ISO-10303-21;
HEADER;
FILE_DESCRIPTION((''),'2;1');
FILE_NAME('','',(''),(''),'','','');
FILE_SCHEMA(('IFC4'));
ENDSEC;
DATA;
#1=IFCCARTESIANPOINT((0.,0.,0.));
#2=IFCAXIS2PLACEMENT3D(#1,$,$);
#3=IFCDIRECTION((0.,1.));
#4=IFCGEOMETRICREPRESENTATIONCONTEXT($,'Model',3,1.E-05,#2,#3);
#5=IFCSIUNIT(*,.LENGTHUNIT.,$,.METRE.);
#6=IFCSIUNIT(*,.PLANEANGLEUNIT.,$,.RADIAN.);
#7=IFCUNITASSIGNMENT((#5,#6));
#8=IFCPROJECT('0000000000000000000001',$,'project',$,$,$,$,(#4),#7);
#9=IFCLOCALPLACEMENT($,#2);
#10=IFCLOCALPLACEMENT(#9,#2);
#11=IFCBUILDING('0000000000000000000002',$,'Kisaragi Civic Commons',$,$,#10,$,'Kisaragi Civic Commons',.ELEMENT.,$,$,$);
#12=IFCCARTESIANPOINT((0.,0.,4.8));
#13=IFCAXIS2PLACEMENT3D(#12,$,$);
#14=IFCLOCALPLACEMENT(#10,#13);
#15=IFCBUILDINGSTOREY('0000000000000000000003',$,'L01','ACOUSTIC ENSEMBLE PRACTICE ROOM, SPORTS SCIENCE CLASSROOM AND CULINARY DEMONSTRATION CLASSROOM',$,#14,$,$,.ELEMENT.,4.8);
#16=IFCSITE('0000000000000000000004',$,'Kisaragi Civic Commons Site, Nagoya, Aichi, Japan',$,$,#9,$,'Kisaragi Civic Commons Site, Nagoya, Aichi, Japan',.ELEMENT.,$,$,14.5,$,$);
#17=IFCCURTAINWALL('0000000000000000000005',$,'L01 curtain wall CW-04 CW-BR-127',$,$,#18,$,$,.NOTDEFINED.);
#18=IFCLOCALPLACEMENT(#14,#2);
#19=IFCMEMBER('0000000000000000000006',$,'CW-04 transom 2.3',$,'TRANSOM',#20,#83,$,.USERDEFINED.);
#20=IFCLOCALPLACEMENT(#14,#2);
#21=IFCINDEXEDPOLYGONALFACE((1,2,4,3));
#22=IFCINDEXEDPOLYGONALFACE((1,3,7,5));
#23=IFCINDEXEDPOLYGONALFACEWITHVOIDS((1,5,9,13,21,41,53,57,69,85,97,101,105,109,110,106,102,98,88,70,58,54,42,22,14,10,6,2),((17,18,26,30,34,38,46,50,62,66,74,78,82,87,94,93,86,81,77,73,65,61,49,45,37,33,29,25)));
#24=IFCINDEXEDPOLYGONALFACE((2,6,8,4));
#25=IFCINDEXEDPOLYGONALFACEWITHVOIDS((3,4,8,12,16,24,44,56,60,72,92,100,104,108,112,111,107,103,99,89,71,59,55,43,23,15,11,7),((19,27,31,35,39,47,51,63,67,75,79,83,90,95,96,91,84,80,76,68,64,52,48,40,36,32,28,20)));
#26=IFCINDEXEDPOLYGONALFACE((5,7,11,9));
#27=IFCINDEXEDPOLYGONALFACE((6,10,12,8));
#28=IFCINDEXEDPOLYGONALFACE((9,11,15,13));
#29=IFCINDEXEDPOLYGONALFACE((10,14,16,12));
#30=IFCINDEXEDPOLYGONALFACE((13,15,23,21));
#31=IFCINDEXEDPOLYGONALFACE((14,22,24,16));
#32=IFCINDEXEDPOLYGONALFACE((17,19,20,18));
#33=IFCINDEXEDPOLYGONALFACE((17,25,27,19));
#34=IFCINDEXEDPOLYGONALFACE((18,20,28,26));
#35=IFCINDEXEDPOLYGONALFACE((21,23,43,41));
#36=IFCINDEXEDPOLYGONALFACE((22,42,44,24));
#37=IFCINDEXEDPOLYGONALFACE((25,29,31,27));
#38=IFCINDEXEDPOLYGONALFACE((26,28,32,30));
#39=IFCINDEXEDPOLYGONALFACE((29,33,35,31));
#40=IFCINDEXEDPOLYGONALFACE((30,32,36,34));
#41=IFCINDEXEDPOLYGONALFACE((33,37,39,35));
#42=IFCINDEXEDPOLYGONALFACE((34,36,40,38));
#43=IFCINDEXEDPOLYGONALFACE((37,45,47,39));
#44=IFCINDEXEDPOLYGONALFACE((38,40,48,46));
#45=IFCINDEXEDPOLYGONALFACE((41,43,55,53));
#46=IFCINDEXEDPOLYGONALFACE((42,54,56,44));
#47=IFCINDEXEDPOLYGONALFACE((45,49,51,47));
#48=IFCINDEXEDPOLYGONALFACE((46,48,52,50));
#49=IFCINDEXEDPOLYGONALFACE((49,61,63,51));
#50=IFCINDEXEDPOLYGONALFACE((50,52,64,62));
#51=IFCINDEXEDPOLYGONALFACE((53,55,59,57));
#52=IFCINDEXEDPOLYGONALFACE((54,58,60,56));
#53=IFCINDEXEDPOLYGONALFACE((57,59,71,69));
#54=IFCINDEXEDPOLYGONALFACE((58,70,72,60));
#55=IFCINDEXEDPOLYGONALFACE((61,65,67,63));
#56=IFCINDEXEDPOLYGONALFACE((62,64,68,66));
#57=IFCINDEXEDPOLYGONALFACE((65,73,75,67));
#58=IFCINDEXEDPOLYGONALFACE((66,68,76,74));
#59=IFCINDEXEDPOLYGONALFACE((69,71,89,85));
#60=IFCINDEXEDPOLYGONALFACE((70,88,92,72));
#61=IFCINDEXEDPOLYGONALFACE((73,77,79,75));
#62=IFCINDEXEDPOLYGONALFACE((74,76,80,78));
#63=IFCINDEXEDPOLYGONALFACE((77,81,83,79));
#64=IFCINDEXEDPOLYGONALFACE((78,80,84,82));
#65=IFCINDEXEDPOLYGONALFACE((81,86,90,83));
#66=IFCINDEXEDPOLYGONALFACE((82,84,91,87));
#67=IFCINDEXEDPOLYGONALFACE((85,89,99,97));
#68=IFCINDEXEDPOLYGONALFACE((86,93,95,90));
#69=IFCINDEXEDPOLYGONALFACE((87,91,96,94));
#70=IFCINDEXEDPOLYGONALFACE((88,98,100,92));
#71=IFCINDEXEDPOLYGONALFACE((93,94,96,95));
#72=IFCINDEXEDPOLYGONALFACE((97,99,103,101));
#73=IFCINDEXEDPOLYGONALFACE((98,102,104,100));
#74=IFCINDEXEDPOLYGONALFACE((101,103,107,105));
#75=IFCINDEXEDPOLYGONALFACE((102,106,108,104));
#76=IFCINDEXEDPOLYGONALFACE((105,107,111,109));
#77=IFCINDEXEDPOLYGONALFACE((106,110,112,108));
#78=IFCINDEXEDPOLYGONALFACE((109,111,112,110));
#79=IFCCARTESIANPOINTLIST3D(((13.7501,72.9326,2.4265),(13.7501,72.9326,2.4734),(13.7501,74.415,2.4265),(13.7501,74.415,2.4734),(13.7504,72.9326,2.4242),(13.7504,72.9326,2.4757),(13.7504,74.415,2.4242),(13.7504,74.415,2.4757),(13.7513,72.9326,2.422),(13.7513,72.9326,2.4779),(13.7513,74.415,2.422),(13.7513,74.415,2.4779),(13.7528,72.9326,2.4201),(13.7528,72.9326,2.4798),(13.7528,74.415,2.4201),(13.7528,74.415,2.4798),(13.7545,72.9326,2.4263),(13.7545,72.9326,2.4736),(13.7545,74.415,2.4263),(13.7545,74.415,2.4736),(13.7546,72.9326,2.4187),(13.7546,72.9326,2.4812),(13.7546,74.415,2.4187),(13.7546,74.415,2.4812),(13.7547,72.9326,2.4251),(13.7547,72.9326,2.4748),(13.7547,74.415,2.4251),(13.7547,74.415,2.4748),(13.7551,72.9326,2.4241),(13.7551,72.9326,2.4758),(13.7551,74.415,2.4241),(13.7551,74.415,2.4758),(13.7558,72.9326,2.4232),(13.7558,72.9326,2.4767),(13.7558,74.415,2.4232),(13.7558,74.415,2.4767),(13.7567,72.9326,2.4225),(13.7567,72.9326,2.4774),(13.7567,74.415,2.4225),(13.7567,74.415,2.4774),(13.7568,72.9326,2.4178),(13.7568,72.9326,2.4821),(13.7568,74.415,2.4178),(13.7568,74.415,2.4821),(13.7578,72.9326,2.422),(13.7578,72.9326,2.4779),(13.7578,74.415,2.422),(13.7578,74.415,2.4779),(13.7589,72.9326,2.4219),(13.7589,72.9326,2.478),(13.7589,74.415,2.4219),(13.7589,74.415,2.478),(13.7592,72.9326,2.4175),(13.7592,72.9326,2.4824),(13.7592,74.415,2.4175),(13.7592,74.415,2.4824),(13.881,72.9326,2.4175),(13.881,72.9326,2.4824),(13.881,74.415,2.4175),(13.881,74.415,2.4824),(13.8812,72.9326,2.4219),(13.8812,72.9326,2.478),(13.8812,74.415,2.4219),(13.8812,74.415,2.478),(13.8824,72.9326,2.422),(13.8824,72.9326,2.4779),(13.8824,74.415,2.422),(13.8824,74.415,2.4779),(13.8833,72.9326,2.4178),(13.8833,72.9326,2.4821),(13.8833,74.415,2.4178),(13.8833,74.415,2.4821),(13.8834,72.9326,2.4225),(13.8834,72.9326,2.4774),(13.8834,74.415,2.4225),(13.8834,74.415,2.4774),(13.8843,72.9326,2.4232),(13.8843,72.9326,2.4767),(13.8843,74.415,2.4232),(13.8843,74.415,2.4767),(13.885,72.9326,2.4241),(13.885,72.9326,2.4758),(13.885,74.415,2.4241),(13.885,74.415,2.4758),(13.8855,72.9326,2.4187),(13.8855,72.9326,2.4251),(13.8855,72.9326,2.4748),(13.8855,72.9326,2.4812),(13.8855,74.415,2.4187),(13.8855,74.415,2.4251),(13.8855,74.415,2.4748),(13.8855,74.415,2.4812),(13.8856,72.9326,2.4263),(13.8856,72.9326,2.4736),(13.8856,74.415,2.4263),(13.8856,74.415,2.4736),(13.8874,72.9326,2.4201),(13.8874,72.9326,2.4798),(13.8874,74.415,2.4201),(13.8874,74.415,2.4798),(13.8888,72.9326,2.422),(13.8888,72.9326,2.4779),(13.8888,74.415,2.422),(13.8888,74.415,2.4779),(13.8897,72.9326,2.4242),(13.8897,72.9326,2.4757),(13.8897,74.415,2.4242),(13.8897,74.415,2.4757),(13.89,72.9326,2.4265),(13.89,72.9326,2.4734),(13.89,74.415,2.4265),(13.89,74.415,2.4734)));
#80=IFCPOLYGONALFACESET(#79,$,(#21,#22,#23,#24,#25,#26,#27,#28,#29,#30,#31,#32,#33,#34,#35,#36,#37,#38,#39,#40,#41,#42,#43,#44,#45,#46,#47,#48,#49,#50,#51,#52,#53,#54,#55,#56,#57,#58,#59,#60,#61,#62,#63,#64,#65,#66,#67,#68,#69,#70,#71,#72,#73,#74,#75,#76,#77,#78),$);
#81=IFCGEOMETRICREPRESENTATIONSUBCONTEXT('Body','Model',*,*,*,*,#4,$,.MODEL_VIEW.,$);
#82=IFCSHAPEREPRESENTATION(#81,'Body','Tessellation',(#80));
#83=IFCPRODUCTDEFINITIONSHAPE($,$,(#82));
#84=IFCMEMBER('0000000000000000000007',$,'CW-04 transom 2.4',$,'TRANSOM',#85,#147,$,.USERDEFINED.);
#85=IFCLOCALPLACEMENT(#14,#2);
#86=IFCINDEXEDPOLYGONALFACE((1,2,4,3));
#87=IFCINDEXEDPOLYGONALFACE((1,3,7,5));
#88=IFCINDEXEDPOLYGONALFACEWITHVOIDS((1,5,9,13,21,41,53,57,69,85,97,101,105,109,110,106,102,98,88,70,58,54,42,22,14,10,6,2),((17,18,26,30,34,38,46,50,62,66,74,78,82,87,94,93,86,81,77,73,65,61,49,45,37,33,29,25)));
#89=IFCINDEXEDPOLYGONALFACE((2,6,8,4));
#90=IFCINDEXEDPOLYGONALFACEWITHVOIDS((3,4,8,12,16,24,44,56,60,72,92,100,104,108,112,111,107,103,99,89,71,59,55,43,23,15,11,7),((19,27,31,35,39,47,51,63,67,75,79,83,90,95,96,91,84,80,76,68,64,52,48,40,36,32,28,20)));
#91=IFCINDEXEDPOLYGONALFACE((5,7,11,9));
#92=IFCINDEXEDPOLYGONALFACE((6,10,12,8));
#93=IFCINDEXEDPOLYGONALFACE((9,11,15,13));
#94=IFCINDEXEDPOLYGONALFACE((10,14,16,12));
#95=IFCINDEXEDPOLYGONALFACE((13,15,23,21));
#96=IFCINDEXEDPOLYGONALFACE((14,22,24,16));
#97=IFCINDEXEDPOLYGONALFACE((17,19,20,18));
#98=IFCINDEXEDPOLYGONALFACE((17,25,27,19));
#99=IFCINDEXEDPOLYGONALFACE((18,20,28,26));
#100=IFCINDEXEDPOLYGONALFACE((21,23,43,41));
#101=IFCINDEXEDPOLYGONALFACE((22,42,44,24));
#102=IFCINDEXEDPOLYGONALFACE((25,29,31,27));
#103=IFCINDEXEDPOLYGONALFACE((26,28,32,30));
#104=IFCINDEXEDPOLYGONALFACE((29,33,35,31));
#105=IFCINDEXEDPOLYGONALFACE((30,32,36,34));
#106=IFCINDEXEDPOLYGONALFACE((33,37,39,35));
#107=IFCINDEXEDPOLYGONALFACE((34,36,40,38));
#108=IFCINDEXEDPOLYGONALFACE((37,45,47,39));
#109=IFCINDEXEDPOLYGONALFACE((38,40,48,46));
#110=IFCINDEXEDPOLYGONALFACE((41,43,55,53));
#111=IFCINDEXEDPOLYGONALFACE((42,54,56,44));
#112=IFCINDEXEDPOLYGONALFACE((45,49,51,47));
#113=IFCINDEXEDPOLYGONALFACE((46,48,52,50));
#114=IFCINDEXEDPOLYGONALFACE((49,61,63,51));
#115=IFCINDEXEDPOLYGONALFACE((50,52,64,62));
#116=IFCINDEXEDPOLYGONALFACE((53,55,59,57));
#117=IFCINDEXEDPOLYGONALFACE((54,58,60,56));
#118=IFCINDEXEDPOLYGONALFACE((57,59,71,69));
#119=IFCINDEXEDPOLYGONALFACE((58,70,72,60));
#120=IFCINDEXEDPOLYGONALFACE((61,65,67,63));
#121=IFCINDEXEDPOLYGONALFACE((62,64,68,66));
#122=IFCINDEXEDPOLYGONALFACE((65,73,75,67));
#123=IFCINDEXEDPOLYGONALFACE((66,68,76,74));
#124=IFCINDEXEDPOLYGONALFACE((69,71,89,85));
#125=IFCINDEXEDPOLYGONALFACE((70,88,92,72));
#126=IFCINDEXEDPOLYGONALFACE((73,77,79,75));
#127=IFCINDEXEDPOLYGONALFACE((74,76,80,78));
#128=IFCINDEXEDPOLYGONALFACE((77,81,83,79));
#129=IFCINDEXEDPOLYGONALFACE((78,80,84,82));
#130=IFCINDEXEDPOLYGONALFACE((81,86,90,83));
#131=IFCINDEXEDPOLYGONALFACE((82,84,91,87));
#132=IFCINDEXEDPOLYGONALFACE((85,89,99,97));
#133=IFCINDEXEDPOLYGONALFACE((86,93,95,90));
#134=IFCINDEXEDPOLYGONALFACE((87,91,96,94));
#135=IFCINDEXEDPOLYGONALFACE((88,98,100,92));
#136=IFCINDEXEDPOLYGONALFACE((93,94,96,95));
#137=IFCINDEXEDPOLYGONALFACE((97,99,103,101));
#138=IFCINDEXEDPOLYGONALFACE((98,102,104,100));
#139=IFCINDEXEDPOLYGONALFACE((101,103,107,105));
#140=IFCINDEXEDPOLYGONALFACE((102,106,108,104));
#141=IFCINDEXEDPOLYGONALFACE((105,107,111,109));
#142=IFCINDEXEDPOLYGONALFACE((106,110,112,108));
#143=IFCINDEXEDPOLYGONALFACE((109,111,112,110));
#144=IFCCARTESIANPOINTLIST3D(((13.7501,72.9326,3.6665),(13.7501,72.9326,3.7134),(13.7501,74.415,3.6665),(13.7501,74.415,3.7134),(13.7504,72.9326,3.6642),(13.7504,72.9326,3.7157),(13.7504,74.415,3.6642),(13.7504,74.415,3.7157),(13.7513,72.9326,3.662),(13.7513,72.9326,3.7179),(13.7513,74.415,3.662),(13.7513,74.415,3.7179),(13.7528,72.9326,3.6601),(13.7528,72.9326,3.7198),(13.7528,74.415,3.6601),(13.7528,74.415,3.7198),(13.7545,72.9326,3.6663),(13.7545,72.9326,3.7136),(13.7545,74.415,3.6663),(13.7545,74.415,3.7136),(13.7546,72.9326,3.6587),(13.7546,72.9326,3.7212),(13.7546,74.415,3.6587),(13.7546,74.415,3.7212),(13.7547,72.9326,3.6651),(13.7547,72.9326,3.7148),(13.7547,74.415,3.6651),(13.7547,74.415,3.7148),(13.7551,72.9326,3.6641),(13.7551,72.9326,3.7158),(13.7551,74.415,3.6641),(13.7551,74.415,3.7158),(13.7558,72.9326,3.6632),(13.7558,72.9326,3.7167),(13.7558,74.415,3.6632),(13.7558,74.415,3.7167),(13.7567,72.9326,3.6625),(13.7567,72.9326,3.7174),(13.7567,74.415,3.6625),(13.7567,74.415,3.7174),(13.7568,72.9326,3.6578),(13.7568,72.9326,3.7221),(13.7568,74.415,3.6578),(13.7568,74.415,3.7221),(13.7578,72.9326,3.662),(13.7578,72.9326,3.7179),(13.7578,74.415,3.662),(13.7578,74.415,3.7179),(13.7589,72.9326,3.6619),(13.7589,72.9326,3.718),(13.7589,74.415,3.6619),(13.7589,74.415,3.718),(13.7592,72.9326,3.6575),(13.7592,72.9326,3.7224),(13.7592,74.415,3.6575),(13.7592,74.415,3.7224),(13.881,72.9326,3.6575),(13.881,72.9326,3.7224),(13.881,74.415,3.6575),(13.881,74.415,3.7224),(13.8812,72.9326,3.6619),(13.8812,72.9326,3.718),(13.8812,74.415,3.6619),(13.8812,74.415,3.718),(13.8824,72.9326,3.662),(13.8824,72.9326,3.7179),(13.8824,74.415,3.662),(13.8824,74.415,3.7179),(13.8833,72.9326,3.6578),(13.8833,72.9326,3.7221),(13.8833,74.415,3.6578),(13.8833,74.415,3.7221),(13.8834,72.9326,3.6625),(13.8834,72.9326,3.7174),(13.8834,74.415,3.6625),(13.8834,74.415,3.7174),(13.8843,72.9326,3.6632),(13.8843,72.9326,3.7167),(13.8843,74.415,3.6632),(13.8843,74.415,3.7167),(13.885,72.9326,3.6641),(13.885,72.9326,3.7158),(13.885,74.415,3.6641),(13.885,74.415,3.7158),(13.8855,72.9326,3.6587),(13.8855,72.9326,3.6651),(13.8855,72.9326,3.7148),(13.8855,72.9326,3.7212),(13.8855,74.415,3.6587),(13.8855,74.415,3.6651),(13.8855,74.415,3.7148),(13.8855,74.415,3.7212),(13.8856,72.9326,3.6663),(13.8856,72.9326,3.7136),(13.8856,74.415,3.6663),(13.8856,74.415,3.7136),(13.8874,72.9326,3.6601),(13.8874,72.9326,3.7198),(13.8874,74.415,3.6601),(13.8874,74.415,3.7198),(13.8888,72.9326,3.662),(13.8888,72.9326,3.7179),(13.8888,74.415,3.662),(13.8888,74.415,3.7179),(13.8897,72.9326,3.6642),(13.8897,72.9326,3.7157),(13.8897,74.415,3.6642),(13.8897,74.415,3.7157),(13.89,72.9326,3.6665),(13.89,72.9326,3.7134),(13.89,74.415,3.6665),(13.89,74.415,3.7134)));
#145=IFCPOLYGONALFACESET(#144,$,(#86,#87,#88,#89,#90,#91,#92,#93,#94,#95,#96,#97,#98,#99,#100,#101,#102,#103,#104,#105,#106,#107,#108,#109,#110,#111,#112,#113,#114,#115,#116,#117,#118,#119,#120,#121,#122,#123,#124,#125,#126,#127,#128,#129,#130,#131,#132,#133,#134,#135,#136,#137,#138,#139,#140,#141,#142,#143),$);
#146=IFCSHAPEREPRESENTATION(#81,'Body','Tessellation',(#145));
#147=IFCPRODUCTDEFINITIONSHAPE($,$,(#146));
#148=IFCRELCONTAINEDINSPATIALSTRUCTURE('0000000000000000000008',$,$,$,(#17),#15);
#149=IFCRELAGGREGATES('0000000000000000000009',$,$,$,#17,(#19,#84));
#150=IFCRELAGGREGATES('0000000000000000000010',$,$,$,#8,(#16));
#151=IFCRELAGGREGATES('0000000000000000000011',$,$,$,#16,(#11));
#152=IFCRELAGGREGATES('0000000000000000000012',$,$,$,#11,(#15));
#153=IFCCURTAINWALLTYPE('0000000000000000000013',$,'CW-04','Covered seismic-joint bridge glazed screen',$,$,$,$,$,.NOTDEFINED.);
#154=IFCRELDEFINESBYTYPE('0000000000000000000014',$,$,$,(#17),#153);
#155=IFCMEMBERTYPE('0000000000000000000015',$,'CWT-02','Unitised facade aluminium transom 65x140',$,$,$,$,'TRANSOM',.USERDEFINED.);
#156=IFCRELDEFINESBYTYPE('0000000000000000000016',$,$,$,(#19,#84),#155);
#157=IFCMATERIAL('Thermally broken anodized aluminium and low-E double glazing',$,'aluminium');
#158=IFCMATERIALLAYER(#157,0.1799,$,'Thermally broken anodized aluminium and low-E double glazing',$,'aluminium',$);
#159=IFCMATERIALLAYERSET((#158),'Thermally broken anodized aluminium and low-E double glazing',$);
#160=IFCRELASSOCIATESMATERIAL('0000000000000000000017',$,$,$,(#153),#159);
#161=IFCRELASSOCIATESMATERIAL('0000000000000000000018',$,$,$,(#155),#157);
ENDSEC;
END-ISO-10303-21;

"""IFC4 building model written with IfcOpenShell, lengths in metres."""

from ifc_helpers import new_model, si_unit, direction, frame, origin, origin_2d, place, context, subcontext, project, spatial, hollow_rectangle, extrude, material, layer, layer_set, material_profile, profile_set, type_object, element, aggregate, save


model = new_model("IFC4")

# Units and contexts
model_context = context("Model", 3, precision=1e-05, world=origin(), true_north=direction((0.0, 1.0)))
body_context = subcontext(model_context, "Body", "Model", "MODEL_VIEW")
ifc_project = project(units=[si_unit("LENGTHUNIT", "METRE"), si_unit("PLANEANGLEUNIT", "RADIAN")], contexts=[model_context])

# Site, building, storey
site_placement = place(None, origin())
site = spatial("IfcSite", under=ifc_project, at=site_placement, Name="Kisaragi Civic Commons Site, Nagoya, Aichi, Japan", LongName="Kisaragi Civic Commons Site, Nagoya, Aichi, Japan", CompositionType="ELEMENT", RefElevation=14.5)
building_placement = place(site_placement, origin())
building = spatial("IfcBuilding", under=site, at=building_placement, Name="Kisaragi Civic Commons", LongName="Kisaragi Civic Commons", CompositionType="ELEMENT")
storey_placement = place(building_placement, frame((0.0, 0.0, 4.8)))
storey = spatial("IfcBuildingStorey", under=building, at=storey_placement, Name="L01", Description="ACOUSTIC ENSEMBLE PRACTICE ROOM, SPORTS SCIENCE CLASSROOM AND CULINARY DEMONSTRATION CLASSROOM", CompositionType="ELEMENT", Elevation=4.8)

# Shared definitions
ifc_material_1 = material(Name="Thermally broken anodized aluminium and low-E double glazing", Category="aluminium")
ifc_layer_1 = layer(ifc_material_1, 0.1799, Name="Thermally broken anodized aluminium and low-E double glazing", Category="aluminium")
ifc_layer_set_1 = layer_set([ifc_layer_1], Name="Thermally broken anodized aluminium and low-E double glazing")
curtain_wall_type = type_object("IfcCurtainWallType", Name="CW-04", Description="Covered seismic-joint bridge glazed screen", PredefinedType="NOTDEFINED", material=ifc_layer_set_1)

# Curtain wall, members
curtain_wall_1_placement = place(storey_placement, origin())
curtain_wall_1 = element("IfcCurtainWall", 1, at=curtain_wall_1_placement, inside=storey, type_object=curtain_wall_type, Name="L01 curtain wall CW-04 CW-BR-127", PredefinedType="NOTDEFINED")
ifc_material_profile_1 = material_profile(ifc_material_1, hollow_rectangle(XDim=0.1399, YDim=0.0649, WallThickness=0.0044, InnerFilletRadius=0.0044, OuterFilletRadius=0.009, at=origin_2d()), Name="CWT-65x140x4.5", Category="aluminium")
ifc_profile_set_1 = profile_set([ifc_material_profile_1], Name="Thermally broken anodized aluminium and low-E double glazing")
member_type_1 = type_object("IfcMemberType", Name="CWT-02", Description="Unitised facade aluminium transom 65x140", ElementType="TRANSOM", PredefinedType="USERDEFINED", material=ifc_profile_set_1)
member_1_placement = place(storey_placement, frame((13.8201, 72.9326, 2.45), z_axis=(0.0, 1.0, 0.0), x_axis=(-1.0, 0.0, 0.0)))
member_1 = element("IfcMember", 2, at=member_1_placement, type_object=member_type_1, Name="CW-04 transom 2.3", ObjectType="TRANSOM", PredefinedType="USERDEFINED", context=body_context, shape_type="SweptSolid", body=[
    extrude(hollow_rectangle(XDim=0.1399, YDim=0.0649, WallThickness=0.0044, InnerFilletRadius=0.0044, OuterFilletRadius=0.009, at=origin_2d()), origin(), (0.0, 0.0, 1.0), 1.4824),
])
member_2_placement = place(storey_placement, frame((13.8201, 72.9326, 3.6899), z_axis=(0.0, 1.0, 0.0), x_axis=(-1.0, 0.0, 0.0)))
member_2 = element("IfcMember", 3, at=member_2_placement, type_object=member_type_1, Name="CW-04 transom 2.4", ObjectType="TRANSOM", PredefinedType="USERDEFINED", context=body_context, shape_type="SweptSolid", body=[
    extrude(hollow_rectangle(XDim=0.1399, YDim=0.0649, WallThickness=0.0044, InnerFilletRadius=0.0044, OuterFilletRadius=0.009, at=origin_2d()), origin(), (0.0, 0.0, 1.0), 1.4824),
])
aggregate(curtain_wall_1, [member_1, member_2])

save(model, "model.ifc")
